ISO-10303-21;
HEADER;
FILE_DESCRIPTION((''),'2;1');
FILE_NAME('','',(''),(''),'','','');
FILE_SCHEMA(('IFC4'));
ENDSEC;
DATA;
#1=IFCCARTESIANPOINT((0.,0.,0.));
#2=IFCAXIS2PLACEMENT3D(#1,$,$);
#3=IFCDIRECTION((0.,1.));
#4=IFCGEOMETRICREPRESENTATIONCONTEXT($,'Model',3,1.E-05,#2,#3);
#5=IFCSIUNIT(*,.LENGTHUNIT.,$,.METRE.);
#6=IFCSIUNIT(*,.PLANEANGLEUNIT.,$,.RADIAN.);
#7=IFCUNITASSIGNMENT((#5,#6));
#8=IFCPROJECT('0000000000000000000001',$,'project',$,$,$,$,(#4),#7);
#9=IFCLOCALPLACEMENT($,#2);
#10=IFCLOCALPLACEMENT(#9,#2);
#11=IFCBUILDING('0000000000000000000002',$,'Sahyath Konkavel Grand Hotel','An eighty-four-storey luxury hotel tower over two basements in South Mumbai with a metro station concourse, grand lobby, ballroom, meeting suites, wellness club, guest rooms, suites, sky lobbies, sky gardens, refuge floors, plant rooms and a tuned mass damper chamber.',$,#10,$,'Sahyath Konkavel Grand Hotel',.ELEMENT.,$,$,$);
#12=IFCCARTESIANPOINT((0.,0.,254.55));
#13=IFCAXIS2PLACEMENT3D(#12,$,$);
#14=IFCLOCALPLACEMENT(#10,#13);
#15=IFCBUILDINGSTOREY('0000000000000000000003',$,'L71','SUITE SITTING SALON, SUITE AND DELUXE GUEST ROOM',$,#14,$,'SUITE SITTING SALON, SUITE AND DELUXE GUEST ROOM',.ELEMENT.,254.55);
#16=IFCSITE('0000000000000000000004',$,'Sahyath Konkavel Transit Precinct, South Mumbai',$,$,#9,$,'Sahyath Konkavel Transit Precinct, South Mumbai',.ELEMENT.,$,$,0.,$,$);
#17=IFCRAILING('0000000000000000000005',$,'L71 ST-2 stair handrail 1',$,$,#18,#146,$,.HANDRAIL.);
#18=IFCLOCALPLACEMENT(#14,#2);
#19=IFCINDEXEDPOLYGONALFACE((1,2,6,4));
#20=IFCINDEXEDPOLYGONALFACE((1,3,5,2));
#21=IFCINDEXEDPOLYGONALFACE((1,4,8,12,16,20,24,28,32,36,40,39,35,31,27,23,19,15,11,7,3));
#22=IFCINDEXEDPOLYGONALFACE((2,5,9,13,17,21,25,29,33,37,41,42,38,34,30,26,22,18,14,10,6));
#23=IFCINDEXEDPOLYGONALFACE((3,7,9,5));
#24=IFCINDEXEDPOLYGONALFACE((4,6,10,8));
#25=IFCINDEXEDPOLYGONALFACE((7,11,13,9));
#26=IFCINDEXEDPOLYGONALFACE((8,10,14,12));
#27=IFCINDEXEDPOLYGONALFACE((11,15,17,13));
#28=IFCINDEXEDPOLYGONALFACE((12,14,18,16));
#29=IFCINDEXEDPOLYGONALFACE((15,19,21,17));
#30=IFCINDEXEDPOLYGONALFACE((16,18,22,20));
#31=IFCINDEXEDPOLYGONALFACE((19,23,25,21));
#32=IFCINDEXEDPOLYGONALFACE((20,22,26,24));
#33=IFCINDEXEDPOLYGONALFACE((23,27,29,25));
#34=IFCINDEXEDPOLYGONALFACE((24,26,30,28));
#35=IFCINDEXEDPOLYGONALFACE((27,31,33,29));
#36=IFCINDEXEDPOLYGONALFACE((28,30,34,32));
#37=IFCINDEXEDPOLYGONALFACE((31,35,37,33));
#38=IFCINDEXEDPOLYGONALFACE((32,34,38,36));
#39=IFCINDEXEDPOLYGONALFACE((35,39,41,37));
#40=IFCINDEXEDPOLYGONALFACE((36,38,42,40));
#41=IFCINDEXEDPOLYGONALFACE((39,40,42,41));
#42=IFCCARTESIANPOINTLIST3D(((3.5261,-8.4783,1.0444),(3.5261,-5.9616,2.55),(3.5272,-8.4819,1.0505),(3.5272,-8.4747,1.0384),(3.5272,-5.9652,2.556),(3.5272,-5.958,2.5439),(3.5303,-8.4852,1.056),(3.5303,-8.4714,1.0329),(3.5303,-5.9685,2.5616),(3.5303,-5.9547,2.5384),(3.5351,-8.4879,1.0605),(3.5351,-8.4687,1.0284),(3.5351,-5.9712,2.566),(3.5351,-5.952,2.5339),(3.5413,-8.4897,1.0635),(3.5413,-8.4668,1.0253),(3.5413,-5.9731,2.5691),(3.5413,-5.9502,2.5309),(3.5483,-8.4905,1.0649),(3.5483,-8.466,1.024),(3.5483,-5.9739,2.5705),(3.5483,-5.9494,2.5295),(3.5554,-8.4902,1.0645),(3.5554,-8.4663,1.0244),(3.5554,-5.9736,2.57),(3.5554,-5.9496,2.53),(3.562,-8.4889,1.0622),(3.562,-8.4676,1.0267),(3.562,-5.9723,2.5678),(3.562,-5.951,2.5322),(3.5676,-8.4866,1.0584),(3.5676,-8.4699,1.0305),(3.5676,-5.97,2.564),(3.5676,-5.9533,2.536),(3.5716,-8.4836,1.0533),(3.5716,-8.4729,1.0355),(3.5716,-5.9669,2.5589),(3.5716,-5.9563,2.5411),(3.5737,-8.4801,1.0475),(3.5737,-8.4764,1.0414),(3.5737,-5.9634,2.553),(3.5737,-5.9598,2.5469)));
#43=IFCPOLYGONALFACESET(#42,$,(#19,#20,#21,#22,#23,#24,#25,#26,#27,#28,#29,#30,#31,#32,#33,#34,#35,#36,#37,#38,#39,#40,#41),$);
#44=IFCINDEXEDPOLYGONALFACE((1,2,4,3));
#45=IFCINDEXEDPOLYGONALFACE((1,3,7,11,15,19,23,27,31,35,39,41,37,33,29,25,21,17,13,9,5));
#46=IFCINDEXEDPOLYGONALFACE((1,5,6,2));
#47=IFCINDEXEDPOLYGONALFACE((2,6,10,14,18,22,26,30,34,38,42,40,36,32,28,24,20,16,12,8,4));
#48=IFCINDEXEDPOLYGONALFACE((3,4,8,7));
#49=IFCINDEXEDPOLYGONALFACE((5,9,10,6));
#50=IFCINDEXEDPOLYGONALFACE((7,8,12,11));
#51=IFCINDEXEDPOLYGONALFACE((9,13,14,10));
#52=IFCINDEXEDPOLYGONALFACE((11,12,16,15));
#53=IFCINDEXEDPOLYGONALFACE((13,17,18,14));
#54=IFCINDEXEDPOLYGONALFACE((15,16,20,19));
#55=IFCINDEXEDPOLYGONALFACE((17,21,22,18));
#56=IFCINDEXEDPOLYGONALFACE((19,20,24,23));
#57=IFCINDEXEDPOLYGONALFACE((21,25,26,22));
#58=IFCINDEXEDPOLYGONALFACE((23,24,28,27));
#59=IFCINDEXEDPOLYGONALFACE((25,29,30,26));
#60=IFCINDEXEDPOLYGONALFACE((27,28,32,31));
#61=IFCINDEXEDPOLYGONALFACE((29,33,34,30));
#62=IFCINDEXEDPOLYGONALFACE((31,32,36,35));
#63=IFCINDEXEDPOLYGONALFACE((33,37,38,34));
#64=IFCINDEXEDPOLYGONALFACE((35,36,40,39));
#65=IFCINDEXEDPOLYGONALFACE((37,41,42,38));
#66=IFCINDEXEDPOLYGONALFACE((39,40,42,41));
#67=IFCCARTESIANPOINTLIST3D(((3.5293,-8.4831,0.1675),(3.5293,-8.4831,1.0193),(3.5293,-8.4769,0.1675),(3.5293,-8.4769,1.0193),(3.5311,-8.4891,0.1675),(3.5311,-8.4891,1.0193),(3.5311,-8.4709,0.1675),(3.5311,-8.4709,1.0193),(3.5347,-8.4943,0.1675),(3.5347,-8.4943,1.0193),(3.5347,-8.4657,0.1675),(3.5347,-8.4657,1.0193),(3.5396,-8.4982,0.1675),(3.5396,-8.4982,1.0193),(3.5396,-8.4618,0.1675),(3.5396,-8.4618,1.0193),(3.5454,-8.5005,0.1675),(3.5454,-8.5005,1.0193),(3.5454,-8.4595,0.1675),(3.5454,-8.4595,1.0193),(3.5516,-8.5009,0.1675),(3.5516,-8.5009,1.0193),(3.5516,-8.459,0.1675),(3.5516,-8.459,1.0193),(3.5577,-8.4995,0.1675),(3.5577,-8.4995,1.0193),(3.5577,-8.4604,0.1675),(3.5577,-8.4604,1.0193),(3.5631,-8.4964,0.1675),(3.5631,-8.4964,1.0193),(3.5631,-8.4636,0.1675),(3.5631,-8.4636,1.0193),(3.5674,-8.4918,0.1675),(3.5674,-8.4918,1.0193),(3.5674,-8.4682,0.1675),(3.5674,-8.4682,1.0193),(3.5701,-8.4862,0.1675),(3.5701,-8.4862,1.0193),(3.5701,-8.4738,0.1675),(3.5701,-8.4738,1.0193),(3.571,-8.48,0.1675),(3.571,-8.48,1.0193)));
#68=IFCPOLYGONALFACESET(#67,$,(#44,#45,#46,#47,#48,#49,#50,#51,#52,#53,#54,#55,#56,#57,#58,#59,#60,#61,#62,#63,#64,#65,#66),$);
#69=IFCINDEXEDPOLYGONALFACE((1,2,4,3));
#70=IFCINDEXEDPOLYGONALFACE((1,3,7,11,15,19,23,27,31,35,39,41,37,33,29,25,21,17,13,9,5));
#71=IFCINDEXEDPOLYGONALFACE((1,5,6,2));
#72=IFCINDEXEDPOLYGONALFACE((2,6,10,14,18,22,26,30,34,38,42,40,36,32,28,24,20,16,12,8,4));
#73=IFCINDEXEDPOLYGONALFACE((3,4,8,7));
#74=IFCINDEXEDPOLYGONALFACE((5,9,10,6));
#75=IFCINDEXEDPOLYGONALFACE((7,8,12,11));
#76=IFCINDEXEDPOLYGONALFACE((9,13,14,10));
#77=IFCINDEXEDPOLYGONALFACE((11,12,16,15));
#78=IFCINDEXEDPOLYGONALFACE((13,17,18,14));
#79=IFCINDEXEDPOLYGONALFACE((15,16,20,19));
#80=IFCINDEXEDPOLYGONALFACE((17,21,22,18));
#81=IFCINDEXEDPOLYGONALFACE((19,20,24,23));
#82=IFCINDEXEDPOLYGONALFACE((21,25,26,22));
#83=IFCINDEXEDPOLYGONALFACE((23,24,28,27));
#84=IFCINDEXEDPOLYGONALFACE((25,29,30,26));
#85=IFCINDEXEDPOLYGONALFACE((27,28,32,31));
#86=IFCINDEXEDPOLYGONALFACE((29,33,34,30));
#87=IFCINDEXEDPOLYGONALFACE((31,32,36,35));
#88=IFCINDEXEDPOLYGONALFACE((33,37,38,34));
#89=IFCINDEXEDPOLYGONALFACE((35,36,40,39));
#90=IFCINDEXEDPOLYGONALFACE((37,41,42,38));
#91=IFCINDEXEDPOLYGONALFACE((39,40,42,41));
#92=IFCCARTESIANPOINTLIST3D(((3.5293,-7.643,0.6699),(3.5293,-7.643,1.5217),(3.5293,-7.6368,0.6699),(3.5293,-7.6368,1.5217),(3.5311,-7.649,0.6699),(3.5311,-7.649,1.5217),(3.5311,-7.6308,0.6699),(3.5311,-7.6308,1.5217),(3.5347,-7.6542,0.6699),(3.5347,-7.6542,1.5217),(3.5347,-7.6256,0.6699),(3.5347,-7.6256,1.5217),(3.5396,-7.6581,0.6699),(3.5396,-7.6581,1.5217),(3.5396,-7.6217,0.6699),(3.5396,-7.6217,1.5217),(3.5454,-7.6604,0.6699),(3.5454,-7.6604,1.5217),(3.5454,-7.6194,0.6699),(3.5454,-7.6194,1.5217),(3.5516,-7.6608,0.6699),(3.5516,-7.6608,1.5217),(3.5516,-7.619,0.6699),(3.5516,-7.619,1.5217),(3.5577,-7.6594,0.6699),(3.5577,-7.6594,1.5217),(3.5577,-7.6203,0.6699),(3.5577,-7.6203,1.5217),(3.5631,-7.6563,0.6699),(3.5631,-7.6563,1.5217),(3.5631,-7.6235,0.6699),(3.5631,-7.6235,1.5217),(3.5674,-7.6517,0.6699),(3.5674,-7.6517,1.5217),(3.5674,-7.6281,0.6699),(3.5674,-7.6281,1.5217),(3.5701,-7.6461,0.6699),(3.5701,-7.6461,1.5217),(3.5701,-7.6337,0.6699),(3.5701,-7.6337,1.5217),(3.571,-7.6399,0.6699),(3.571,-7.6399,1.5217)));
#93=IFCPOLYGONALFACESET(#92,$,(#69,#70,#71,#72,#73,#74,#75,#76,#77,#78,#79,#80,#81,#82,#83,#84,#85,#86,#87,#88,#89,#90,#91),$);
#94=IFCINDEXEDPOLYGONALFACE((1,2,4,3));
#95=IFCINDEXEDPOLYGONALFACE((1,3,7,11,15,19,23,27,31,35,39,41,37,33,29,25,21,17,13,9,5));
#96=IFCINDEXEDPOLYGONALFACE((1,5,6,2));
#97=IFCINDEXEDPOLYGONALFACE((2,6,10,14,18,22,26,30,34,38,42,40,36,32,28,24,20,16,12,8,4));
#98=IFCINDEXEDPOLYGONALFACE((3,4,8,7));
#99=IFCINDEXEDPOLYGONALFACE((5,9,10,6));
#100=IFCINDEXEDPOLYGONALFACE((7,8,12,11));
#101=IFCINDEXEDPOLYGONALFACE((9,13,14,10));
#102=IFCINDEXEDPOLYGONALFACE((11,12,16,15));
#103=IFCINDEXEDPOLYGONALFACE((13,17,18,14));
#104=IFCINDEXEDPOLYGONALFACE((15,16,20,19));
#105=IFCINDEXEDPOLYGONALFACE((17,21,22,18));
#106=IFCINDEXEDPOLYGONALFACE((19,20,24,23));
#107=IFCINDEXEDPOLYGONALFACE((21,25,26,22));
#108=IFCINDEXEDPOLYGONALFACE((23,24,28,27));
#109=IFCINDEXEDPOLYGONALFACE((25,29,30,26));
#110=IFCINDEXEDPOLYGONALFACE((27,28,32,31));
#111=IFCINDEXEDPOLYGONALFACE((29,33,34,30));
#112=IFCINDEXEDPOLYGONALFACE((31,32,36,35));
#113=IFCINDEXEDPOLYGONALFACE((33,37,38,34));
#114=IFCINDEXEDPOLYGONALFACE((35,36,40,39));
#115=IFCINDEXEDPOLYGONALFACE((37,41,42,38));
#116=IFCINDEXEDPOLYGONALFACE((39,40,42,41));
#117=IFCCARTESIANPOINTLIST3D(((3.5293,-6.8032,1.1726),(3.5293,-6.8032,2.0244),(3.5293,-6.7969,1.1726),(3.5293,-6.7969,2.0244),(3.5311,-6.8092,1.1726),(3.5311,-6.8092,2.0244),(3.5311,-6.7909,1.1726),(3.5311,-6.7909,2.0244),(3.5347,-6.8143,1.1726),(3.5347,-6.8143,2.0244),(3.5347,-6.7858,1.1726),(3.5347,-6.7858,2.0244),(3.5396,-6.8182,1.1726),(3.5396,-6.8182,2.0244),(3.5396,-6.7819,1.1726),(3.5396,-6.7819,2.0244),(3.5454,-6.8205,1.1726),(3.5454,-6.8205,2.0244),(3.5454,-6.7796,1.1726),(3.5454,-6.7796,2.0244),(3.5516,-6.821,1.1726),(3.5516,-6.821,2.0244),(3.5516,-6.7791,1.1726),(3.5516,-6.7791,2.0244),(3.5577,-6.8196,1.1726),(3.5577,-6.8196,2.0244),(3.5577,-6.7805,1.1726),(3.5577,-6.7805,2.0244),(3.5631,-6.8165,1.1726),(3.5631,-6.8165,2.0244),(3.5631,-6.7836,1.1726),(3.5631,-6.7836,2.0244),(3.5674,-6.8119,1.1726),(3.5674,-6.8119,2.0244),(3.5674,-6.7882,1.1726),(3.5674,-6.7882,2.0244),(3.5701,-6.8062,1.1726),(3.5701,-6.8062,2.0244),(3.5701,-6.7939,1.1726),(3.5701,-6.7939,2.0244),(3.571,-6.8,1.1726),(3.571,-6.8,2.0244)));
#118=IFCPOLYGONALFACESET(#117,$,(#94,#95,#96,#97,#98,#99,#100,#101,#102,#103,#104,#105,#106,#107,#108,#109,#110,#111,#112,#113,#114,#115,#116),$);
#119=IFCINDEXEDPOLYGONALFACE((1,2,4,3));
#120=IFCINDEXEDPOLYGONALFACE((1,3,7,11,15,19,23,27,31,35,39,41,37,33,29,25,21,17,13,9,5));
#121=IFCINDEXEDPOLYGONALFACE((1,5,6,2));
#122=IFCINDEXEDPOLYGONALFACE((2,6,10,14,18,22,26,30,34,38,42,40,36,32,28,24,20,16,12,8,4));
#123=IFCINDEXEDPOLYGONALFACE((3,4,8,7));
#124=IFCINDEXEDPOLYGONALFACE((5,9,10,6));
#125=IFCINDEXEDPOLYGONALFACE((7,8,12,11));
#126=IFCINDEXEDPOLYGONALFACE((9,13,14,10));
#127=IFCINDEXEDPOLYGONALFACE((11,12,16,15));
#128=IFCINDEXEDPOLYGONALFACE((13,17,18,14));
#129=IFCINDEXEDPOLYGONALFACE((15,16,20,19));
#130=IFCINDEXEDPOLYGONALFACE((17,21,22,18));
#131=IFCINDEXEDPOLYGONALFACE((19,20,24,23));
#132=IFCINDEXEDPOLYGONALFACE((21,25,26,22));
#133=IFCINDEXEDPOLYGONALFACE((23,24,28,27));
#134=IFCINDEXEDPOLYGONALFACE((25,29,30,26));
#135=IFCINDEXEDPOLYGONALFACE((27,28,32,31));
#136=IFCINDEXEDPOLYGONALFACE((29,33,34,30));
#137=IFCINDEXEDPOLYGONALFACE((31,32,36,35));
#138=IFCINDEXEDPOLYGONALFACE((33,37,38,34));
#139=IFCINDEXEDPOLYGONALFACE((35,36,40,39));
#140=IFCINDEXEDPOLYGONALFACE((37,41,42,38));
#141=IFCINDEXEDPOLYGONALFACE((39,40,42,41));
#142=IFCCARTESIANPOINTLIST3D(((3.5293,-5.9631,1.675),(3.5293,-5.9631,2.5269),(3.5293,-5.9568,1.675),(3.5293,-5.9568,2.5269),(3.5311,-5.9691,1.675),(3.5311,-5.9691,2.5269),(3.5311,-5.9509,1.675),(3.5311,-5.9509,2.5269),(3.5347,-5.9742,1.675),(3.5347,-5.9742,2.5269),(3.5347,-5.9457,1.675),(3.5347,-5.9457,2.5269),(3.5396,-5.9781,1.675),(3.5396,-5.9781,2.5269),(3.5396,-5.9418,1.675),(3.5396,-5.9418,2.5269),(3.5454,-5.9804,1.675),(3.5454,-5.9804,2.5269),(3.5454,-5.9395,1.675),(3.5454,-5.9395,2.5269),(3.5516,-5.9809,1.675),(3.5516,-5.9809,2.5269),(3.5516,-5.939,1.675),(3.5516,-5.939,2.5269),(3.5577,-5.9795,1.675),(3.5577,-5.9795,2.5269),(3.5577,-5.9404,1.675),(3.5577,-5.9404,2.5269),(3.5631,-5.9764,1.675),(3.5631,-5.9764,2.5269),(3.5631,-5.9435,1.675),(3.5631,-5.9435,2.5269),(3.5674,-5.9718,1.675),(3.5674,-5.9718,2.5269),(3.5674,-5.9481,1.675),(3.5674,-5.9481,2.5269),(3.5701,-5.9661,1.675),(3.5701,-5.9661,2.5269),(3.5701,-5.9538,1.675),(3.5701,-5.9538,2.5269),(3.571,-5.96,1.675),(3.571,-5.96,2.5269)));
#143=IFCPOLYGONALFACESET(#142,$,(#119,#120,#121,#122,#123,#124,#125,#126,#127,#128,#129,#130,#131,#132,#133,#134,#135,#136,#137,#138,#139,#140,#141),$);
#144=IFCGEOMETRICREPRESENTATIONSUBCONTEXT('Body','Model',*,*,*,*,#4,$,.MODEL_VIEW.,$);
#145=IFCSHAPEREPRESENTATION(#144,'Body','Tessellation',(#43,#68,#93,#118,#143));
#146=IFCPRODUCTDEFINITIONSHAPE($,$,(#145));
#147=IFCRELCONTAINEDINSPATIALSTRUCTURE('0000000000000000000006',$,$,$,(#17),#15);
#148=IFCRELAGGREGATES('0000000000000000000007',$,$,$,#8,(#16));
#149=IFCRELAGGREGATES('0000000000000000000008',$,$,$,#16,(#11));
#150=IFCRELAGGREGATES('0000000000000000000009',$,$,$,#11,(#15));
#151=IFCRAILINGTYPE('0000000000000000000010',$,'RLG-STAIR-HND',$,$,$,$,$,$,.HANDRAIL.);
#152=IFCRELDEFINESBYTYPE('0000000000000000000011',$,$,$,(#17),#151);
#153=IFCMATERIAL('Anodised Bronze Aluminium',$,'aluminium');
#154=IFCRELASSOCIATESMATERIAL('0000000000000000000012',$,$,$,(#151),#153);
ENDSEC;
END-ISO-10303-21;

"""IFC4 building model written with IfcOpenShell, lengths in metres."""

from ifc_helpers import new_model, si_unit, direction, frame, origin, origin_2d, place, context, subcontext, project, spatial, circle, extrude, material, type_object, element, save


model = new_model("IFC4")

# Units and contexts
model_context = context("Model", 3, precision=1e-05, world=origin(), true_north=direction((0.0, 1.0)))
body_context = subcontext(model_context, "Body", "Model", "MODEL_VIEW")
ifc_project = project(units=[si_unit("LENGTHUNIT", "METRE"), si_unit("PLANEANGLEUNIT", "RADIAN")], contexts=[model_context])

# Site, building, storey
site_placement = place(None, origin())
site = spatial("IfcSite", under=ifc_project, at=site_placement, Name="Sahyath Konkavel Transit Precinct, South Mumbai", LongName="Sahyath Konkavel Transit Precinct, South Mumbai", CompositionType="ELEMENT", RefElevation=0.0)
building_placement = place(site_placement, origin())
building = spatial("IfcBuilding", under=site, at=building_placement, Name="Sahyath Konkavel Grand Hotel", Description="An eighty-four-storey luxury hotel tower over two basements in South Mumbai with a metro station concourse, grand lobby, ballroom, meeting suites, wellness club, guest rooms, suites, sky lobbies, sky gardens, refuge floors, plant rooms and a tuned mass damper chamber.", LongName="Sahyath Konkavel Grand Hotel", CompositionType="ELEMENT")
storey_placement = place(building_placement, frame((0.0, 0.0, 254.55)))
storey = spatial("IfcBuildingStorey", under=building, at=storey_placement, Name="L71", Description="SUITE SITTING SALON, SUITE AND DELUXE GUEST ROOM", LongName="SUITE SITTING SALON, SUITE AND DELUXE GUEST ROOM", CompositionType="ELEMENT", Elevation=254.55)

# Shared definitions
ifc_material_1 = material(Name="Anodised Bronze Aluminium", Category="aluminium")

# Railing
railing_type_1 = type_object("IfcRailingType", Name="RLG-STAIR-HND", PredefinedType="HANDRAIL", material=ifc_material_1)
railing_1_placement = place(storey_placement, frame((3.55, -8.48, 0.1675)))
element("IfcRailing", 1, at=railing_1_placement, inside=storey, type_object=railing_type_1, Name="L71 ST-2 stair handrail 1", PredefinedType="HANDRAIL", context=body_context, shape_type="SweptSolid", body=[
    extrude(circle(Radius=0.0239, at=origin_2d()), frame((0.0, 0.0017, 0.877), z_axis=(0.0, 0.85816, 0.513383), x_axis=(-1.0, 0.0, 0.0)), (0.0, 0.0, 1.0), 2.9326),
    extrude(circle(Radius=0.021, at=origin_2d()), origin(), (0.0, 0.0, 1.0), 0.8518),
    extrude(circle(Radius=0.021, at=origin_2d()), frame((0.0, 0.8401, 0.5024)), (0.0, 0.0, 1.0), 0.8518),
    extrude(circle(Radius=0.021, at=origin_2d()), frame((0.0, 1.6799, 1.0051)), (0.0, 0.0, 1.0), 0.8518),
    extrude(circle(Radius=0.021, at=origin_2d()), frame((0.0, 2.52, 1.5076)), (0.0, 0.0, 1.0), 0.8518),
])

save(model, "model.ifc")
